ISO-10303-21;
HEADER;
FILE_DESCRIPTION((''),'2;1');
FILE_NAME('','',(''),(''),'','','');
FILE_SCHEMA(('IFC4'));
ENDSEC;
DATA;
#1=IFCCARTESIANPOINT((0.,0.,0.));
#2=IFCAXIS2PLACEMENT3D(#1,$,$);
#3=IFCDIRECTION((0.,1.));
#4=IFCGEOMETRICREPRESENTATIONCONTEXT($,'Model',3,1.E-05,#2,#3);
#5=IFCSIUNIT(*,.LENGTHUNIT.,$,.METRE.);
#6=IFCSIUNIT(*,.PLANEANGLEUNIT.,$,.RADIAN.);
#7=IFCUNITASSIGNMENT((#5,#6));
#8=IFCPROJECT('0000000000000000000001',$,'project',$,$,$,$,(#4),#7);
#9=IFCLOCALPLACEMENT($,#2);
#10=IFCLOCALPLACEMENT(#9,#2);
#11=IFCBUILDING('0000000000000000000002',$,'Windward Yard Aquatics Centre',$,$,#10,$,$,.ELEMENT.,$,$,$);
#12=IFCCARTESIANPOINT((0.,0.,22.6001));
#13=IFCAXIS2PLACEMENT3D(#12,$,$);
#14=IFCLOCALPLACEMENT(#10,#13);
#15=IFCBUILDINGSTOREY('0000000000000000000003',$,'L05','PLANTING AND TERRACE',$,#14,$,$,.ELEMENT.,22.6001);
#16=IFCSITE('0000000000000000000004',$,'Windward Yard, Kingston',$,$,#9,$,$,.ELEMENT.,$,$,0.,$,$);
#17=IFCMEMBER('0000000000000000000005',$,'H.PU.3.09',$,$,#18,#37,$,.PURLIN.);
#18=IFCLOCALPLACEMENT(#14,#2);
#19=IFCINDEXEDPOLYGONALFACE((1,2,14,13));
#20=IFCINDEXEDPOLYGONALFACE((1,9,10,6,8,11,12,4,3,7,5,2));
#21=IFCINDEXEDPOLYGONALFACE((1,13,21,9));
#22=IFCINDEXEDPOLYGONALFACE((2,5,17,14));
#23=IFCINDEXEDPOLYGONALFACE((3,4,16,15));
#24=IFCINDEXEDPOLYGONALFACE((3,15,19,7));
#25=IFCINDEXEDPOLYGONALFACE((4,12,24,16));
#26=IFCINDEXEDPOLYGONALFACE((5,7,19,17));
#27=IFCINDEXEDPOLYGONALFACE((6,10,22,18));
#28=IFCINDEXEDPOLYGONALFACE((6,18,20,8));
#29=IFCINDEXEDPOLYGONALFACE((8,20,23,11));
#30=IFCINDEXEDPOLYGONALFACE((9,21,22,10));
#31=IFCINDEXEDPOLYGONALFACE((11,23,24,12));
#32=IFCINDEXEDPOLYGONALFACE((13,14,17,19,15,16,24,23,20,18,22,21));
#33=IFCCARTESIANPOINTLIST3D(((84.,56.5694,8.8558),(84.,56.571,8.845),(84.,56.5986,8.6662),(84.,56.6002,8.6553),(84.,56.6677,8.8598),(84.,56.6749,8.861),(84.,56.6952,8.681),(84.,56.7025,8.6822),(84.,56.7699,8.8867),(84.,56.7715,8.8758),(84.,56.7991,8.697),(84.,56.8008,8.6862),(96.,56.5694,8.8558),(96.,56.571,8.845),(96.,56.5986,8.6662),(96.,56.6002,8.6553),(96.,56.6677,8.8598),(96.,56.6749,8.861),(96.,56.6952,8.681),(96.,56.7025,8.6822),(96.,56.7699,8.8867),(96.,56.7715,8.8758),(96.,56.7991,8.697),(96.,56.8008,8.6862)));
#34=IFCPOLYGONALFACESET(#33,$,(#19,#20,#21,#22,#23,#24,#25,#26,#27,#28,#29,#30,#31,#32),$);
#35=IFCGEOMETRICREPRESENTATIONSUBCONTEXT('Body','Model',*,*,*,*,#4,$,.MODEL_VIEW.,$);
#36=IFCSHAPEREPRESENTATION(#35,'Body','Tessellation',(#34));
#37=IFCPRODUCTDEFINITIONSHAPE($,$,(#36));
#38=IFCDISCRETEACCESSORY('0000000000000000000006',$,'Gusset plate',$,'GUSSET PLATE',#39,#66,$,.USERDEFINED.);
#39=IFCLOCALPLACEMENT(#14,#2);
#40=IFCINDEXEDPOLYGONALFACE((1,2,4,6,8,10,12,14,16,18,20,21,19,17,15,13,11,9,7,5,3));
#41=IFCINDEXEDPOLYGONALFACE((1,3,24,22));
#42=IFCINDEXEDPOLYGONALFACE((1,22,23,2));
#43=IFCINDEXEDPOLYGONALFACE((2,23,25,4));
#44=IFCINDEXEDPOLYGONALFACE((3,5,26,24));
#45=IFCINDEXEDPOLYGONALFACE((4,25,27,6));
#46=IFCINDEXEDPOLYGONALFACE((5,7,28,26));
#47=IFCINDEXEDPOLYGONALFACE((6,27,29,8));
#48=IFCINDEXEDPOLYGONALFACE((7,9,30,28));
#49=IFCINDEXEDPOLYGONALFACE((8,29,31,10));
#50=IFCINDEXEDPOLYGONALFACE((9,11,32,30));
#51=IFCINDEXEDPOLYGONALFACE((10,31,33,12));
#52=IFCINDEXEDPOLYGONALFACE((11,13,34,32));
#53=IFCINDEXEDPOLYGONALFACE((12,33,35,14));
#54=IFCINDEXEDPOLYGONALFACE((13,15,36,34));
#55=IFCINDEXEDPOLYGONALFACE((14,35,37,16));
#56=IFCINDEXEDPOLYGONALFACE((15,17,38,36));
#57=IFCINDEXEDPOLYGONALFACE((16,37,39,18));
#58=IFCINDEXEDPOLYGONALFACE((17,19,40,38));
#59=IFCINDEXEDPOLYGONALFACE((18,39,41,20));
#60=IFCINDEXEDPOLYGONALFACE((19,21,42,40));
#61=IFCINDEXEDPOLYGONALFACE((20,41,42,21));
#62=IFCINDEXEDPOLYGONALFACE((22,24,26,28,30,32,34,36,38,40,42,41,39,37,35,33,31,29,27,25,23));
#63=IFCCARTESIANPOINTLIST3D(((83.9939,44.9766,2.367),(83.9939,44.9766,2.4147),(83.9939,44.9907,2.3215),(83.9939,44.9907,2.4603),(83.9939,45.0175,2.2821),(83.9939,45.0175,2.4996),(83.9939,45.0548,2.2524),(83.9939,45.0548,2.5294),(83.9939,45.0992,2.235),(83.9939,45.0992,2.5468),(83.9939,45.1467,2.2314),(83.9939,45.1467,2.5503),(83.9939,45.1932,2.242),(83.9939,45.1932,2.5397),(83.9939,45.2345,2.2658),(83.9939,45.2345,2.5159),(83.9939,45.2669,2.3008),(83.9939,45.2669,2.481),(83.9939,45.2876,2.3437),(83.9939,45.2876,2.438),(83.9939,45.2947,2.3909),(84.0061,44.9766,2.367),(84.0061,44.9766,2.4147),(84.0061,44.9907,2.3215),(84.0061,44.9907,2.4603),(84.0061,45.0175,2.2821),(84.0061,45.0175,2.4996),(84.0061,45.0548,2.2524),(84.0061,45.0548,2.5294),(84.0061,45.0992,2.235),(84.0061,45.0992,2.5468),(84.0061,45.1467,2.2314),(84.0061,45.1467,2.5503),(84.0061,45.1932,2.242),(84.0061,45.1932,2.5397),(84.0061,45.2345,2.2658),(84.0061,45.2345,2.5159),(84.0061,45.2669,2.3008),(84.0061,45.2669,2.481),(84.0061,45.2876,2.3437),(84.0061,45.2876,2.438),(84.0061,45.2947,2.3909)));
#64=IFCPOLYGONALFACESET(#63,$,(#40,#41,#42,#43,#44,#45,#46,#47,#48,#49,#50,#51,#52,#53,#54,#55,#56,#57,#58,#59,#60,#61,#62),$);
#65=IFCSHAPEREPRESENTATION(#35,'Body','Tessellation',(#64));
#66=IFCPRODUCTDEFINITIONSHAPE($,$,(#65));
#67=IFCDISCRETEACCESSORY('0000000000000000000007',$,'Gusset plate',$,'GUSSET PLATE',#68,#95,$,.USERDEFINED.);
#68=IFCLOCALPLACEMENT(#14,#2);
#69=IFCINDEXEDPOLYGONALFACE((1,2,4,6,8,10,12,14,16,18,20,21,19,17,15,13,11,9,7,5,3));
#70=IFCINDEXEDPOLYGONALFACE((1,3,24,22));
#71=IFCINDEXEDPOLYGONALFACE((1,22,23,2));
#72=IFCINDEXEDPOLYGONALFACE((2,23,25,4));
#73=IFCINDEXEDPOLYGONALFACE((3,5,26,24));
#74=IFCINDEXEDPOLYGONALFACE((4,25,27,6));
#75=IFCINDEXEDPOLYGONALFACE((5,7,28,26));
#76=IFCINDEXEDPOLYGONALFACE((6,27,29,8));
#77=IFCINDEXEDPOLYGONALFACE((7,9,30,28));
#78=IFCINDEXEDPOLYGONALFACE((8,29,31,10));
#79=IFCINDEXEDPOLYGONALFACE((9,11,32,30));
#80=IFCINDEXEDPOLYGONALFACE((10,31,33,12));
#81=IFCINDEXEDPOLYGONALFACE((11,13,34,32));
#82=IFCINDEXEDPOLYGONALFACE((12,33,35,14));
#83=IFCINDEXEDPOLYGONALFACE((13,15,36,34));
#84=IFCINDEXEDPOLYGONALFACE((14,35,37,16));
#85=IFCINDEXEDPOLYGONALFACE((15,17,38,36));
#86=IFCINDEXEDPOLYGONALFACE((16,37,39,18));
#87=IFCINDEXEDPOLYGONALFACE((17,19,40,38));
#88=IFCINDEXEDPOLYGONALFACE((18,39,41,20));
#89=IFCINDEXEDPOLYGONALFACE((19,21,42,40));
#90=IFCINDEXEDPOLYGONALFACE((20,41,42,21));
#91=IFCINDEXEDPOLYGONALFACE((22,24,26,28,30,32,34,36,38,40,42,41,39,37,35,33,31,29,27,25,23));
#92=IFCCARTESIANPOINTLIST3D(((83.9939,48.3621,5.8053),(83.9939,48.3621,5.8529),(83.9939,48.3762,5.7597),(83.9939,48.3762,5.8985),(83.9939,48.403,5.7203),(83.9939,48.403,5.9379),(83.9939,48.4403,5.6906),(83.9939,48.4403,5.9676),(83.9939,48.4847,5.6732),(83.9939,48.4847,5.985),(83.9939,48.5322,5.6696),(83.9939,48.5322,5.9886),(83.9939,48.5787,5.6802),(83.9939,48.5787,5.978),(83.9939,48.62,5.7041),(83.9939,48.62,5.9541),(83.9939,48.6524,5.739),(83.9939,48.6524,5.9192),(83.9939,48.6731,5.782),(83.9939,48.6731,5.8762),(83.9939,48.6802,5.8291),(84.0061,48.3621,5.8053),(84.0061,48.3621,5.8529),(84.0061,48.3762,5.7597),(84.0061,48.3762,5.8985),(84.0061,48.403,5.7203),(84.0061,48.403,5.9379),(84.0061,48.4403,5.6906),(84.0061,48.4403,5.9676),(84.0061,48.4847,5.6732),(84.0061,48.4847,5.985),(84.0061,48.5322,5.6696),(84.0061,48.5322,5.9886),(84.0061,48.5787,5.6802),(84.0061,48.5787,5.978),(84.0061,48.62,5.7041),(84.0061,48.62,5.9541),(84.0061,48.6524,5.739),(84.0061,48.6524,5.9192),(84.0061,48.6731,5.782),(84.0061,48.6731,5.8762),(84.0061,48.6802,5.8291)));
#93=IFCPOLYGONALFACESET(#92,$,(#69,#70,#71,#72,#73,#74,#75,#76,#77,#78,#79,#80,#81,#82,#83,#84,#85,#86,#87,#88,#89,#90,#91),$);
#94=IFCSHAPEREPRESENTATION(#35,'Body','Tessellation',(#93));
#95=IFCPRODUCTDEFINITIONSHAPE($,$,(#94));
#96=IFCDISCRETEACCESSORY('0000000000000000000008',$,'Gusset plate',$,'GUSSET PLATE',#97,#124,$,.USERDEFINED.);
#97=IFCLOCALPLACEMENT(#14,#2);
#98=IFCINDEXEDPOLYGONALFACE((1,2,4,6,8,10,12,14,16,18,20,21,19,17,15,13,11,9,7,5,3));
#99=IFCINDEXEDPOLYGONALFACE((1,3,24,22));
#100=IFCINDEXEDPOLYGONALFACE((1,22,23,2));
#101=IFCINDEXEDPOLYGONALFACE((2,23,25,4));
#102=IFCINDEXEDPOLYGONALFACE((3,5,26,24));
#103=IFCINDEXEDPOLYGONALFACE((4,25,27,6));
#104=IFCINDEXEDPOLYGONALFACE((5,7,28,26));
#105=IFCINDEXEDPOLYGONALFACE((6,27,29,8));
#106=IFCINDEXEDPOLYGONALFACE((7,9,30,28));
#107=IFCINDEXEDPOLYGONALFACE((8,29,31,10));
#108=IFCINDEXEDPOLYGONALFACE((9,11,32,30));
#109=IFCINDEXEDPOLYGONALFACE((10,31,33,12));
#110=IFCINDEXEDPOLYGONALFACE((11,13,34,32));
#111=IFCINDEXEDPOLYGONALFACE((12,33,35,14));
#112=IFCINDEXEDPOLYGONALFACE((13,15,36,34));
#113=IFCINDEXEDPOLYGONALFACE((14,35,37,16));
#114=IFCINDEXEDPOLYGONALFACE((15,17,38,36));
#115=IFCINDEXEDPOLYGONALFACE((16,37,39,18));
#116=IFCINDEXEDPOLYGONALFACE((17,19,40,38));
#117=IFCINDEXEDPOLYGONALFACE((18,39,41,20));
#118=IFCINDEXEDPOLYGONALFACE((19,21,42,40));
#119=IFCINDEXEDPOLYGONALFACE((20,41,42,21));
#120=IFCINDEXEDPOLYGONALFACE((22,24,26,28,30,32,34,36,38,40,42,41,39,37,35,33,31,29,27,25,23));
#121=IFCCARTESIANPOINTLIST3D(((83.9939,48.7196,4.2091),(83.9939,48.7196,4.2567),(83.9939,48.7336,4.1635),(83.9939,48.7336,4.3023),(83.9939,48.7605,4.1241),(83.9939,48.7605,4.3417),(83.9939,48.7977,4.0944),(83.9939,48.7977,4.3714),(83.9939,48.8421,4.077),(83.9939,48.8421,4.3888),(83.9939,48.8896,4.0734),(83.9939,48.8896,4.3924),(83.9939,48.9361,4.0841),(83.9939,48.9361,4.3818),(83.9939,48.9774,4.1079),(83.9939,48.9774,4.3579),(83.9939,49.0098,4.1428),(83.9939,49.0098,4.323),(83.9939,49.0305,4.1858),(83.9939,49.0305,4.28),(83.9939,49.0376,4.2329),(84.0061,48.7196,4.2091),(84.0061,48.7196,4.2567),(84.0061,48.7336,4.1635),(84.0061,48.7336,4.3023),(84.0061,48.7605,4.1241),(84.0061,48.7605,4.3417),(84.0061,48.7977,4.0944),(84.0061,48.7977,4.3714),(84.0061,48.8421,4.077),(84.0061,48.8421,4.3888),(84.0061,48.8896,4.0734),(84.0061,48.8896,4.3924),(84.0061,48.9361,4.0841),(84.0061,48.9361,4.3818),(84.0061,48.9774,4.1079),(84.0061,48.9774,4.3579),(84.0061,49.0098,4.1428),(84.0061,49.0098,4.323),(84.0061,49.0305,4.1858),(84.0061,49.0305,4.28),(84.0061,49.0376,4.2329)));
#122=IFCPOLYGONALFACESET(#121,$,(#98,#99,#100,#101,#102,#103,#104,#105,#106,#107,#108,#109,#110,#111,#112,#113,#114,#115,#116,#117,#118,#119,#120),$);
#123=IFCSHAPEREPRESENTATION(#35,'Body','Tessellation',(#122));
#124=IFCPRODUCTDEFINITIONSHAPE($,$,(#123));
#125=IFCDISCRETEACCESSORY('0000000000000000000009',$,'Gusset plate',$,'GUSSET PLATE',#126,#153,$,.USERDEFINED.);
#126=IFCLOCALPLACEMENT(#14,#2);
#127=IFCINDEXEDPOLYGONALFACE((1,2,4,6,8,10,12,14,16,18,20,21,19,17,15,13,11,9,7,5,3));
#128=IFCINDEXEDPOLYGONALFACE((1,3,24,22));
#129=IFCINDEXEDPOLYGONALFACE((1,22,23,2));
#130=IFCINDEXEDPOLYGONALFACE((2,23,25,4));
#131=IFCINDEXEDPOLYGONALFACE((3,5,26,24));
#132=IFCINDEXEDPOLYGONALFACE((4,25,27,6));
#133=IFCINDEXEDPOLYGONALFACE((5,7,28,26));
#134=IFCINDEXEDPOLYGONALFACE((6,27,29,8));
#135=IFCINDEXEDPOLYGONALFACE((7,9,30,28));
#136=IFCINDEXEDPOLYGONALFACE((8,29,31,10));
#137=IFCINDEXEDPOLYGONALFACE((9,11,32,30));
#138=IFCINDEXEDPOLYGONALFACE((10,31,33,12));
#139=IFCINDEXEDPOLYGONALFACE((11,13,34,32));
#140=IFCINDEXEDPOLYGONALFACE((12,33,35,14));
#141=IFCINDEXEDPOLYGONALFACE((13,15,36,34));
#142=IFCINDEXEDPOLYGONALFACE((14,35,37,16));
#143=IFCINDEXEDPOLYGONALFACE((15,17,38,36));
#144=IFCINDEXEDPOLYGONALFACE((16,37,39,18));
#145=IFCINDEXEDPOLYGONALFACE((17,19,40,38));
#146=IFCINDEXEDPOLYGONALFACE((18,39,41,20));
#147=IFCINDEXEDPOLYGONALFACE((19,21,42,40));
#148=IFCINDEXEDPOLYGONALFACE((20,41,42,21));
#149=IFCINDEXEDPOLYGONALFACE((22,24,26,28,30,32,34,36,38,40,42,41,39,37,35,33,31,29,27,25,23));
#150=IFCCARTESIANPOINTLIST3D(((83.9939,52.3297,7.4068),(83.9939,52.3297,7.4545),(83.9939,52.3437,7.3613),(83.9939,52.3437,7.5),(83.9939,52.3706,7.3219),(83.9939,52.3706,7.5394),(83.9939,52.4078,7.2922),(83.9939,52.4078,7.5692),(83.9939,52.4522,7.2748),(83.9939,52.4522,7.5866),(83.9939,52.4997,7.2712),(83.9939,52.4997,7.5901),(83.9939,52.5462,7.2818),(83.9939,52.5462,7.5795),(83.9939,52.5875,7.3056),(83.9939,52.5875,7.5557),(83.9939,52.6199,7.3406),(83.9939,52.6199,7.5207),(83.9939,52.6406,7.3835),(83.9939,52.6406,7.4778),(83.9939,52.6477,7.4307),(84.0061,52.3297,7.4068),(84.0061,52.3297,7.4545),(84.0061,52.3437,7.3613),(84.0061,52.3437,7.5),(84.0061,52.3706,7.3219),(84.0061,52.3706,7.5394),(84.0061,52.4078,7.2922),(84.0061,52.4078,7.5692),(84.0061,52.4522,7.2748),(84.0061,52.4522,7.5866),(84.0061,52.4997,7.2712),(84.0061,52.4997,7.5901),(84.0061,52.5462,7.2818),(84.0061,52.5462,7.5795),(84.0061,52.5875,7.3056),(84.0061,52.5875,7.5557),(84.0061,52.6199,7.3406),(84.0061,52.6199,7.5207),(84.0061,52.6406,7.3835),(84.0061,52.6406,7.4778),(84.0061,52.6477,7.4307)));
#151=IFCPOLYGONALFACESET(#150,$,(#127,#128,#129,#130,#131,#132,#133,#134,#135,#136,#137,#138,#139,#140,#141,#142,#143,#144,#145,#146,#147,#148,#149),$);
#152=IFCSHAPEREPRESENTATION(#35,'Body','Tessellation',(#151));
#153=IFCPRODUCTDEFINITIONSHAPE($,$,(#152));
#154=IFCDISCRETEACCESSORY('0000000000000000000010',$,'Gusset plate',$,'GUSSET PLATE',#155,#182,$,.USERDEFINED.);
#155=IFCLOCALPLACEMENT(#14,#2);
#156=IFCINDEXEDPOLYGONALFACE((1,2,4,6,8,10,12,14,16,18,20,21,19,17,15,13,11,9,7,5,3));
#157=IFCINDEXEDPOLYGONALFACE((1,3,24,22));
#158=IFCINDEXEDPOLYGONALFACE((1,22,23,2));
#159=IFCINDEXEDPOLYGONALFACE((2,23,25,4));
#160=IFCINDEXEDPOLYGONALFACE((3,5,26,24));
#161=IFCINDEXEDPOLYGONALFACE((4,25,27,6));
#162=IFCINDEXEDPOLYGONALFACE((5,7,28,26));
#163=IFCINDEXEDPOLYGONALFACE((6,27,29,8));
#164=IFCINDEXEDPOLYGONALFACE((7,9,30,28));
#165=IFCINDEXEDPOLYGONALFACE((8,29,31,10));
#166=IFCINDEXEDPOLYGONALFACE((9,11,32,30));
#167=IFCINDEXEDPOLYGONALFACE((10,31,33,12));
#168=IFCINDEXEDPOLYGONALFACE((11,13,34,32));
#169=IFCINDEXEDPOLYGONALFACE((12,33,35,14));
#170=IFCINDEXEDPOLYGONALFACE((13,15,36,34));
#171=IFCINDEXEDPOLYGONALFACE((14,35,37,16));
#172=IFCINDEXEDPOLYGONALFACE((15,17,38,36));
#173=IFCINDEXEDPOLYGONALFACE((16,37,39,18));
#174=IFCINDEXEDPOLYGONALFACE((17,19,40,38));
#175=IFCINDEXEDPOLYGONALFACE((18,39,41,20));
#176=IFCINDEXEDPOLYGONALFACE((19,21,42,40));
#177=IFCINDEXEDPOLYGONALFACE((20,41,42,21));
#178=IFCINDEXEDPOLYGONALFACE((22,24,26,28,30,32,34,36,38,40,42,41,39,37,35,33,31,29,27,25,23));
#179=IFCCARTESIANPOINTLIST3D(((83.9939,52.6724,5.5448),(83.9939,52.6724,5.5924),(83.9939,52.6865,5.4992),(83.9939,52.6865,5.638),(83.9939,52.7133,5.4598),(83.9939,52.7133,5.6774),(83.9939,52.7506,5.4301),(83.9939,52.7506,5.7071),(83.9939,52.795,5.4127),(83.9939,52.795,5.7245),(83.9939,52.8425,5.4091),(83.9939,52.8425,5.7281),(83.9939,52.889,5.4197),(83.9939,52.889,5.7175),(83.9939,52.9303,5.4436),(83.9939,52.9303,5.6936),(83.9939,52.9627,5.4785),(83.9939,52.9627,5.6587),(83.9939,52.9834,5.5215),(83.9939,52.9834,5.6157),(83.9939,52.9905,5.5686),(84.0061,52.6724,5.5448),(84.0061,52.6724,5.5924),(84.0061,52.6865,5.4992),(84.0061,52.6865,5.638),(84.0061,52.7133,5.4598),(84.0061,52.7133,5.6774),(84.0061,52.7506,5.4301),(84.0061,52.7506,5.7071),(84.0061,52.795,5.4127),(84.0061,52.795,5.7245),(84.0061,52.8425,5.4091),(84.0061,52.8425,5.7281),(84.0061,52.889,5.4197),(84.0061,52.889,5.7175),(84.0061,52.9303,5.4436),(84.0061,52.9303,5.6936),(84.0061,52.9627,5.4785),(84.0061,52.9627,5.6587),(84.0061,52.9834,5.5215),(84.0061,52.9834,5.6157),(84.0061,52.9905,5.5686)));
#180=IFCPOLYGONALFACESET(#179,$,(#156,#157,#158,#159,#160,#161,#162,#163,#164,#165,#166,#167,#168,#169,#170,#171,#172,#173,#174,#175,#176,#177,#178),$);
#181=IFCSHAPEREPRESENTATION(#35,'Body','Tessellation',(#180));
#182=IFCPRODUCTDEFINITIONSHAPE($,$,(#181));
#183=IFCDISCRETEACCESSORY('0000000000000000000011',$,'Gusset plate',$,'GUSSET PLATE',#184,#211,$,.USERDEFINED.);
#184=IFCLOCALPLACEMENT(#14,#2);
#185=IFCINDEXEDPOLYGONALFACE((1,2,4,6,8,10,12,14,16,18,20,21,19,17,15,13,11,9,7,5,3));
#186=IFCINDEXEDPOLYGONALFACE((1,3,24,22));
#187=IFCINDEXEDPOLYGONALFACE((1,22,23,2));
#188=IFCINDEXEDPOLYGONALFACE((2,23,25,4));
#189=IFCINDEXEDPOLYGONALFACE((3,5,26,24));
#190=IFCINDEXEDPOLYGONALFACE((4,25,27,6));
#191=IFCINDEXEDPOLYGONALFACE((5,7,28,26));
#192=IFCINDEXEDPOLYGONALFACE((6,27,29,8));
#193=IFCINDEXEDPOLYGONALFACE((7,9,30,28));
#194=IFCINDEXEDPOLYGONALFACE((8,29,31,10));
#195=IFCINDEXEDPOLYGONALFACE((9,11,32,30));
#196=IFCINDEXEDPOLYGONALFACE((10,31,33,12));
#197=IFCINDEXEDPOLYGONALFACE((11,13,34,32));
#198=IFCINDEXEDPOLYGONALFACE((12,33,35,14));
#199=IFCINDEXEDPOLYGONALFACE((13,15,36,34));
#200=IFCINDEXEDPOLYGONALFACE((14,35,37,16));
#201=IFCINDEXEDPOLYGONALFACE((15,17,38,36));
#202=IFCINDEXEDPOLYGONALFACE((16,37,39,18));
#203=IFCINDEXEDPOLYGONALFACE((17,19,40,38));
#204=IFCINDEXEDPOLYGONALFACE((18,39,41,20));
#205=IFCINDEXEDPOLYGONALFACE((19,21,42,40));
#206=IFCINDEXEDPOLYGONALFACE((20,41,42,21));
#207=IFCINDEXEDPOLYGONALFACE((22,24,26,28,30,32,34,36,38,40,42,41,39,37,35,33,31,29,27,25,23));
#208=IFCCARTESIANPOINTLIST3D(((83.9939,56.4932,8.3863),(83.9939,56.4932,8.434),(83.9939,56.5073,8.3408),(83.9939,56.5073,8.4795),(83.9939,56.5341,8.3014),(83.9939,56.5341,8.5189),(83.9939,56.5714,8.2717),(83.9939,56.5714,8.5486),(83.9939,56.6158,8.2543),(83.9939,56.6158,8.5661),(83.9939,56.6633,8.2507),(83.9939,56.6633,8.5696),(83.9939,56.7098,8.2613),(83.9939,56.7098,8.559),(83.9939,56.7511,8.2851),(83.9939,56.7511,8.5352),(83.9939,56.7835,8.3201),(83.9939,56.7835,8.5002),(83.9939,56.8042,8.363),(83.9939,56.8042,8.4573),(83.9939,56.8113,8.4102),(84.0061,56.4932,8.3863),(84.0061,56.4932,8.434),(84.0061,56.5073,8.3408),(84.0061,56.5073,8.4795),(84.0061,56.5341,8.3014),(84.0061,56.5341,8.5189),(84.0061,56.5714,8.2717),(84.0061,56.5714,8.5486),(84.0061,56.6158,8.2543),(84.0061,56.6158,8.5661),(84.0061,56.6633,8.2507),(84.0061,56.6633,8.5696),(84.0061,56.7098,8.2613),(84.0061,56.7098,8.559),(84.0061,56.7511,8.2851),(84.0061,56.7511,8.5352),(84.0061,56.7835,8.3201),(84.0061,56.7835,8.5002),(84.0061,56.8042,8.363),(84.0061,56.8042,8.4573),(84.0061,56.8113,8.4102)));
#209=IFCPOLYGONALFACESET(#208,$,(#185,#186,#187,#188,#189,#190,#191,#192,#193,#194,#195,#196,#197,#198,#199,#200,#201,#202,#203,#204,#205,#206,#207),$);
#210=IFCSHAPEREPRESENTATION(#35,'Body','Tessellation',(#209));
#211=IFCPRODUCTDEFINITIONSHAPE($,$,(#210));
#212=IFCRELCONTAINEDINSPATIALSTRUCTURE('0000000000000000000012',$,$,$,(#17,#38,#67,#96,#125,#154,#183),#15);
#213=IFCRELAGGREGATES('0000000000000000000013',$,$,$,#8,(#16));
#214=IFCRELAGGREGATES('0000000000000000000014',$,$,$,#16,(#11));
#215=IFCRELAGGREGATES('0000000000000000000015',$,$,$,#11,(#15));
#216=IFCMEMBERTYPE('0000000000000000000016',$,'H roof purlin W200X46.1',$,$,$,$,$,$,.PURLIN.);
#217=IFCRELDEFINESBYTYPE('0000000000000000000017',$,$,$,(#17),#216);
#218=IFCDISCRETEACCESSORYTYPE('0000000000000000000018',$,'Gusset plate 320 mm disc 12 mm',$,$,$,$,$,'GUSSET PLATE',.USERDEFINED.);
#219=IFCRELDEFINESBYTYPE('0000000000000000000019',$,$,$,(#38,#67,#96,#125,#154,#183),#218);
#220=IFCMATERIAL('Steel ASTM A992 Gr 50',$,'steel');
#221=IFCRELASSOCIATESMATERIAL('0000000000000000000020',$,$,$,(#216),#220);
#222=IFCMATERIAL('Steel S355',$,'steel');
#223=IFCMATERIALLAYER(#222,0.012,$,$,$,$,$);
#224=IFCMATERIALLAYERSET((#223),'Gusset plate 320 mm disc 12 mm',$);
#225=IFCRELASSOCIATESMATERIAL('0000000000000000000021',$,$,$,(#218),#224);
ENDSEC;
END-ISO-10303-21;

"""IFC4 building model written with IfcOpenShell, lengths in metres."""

from ifc_helpers import new_model, si_unit, direction, frame, origin, origin_2d, place, context, subcontext, project, spatial, circle, i_section, extrude, material, layer, layer_set, material_profile, profile_set, type_object, element, save


model = new_model("IFC4")

# Units and contexts
model_context = context("Model", 3, precision=1e-05, world=origin(), true_north=direction((0.0, 1.0)))
body_context = subcontext(model_context, "Body", "Model", "MODEL_VIEW")
ifc_project = project(units=[si_unit("LENGTHUNIT", "METRE"), si_unit("PLANEANGLEUNIT", "RADIAN")], contexts=[model_context])

# Site, building, storey
site_placement = place(None, origin())
site = spatial("IfcSite", under=ifc_project, at=site_placement, Name="Windward Yard, Kingston", CompositionType="ELEMENT", RefElevation=0.0)
building_placement = place(site_placement, origin())
building = spatial("IfcBuilding", under=site, at=building_placement, Name="Windward Yard Aquatics Centre", CompositionType="ELEMENT")
storey_placement = place(building_placement, frame((0.0, 0.0, 22.6001)))
storey = spatial("IfcBuildingStorey", under=building, at=storey_placement, Name="L05", Description="PLANTING AND TERRACE", CompositionType="ELEMENT", Elevation=22.6001)

# Member
ifc_material_1 = material(Name="Steel ASTM A992 Gr 50", Category="steel")
ifc_material_profile_1 = material_profile(ifc_material_1, i_section(OverallWidth=0.2029, OverallDepth=0.2029, WebThickness=0.0073, FlangeThickness=0.011, at=origin_2d()), Name="W200X46.1")
ifc_profile_set_1 = profile_set([ifc_material_profile_1], Name="Steel ASTM A992 Gr 50")
member_type_1 = type_object("IfcMemberType", Name="H roof purlin W200X46.1", PredefinedType="PURLIN", material=ifc_profile_set_1)
for number, where, z_axis, x_axis, name in (
    (1, (84.0, 56.6851, 8.771), (1.0, 0.0, 0.0), (0.0, 0.98834, 0.152262), "H.PU.3.09"),
):
    element("IfcMember", number, at=place(storey_placement, frame(where, z_axis=z_axis, x_axis=x_axis)), inside=storey, type_object=member_type_1, Name=name, PredefinedType="PURLIN", context=body_context, shape_type="SweptSolid", body=[
        extrude(i_section(OverallWidth=0.2029, OverallDepth=0.2029, WebThickness=0.0073, FlangeThickness=0.011, at=origin_2d()), origin(), (0.0, 0.0, 1.0), 12.0),
    ])

# Discrete accessories
ifc_material_2 = material(Name="Steel S355", Category="steel")
ifc_layer = layer(ifc_material_2, 0.012)
ifc_layer_set = layer_set([ifc_layer], Name="Gusset plate 320 mm disc 12 mm")
discrete_accessory_type = type_object("IfcDiscreteAccessoryType", Name="Gusset plate 320 mm disc 12 mm", ElementType="GUSSET PLATE", PredefinedType="USERDEFINED", material=ifc_layer_set)
for number, where, z_axis, x_axis, name in (
    (2, (83.9939, 45.1348, 2.3909), (1.0, 0.0, 0.0), (0.0, 1.0, 0.0), "Gusset plate"),
    (3, (83.9939, 48.5203, 5.8291), (1.0, 0.0, 0.0), (0.0, 1.0, 0.0), "Gusset plate"),
    (4, (83.9939, 48.8777, 4.2329), (1.0, 0.0, 0.0), (0.0, 1.0, 0.0), "Gusset plate"),
    (5, (83.9939, 52.4878, 7.4307), (1.0, 0.0, 0.0), (0.0, 1.0, 0.0), "Gusset plate"),
    (6, (83.9939, 52.8306, 5.5686), (1.0, 0.0, 0.0), (0.0, 1.0, 0.0), "Gusset plate"),
    (7, (83.9939, 56.6514, 8.4102), (1.0, 0.0, 0.0), (0.0, 1.0, 0.0), "Gusset plate"),
):
    element("IfcDiscreteAccessory", number, at=place(storey_placement, frame(where, z_axis=z_axis, x_axis=x_axis)), inside=storey, type_object=discrete_accessory_type, Name=name, ObjectType="GUSSET PLATE", PredefinedType="USERDEFINED", context=body_context, shape_type="SweptSolid", body=[
        extrude(circle(Radius=0.1599, at=origin_2d()), origin(), (0.0, 0.0, 1.0), 0.0122),
    ])

save(model, "model.ifc")
